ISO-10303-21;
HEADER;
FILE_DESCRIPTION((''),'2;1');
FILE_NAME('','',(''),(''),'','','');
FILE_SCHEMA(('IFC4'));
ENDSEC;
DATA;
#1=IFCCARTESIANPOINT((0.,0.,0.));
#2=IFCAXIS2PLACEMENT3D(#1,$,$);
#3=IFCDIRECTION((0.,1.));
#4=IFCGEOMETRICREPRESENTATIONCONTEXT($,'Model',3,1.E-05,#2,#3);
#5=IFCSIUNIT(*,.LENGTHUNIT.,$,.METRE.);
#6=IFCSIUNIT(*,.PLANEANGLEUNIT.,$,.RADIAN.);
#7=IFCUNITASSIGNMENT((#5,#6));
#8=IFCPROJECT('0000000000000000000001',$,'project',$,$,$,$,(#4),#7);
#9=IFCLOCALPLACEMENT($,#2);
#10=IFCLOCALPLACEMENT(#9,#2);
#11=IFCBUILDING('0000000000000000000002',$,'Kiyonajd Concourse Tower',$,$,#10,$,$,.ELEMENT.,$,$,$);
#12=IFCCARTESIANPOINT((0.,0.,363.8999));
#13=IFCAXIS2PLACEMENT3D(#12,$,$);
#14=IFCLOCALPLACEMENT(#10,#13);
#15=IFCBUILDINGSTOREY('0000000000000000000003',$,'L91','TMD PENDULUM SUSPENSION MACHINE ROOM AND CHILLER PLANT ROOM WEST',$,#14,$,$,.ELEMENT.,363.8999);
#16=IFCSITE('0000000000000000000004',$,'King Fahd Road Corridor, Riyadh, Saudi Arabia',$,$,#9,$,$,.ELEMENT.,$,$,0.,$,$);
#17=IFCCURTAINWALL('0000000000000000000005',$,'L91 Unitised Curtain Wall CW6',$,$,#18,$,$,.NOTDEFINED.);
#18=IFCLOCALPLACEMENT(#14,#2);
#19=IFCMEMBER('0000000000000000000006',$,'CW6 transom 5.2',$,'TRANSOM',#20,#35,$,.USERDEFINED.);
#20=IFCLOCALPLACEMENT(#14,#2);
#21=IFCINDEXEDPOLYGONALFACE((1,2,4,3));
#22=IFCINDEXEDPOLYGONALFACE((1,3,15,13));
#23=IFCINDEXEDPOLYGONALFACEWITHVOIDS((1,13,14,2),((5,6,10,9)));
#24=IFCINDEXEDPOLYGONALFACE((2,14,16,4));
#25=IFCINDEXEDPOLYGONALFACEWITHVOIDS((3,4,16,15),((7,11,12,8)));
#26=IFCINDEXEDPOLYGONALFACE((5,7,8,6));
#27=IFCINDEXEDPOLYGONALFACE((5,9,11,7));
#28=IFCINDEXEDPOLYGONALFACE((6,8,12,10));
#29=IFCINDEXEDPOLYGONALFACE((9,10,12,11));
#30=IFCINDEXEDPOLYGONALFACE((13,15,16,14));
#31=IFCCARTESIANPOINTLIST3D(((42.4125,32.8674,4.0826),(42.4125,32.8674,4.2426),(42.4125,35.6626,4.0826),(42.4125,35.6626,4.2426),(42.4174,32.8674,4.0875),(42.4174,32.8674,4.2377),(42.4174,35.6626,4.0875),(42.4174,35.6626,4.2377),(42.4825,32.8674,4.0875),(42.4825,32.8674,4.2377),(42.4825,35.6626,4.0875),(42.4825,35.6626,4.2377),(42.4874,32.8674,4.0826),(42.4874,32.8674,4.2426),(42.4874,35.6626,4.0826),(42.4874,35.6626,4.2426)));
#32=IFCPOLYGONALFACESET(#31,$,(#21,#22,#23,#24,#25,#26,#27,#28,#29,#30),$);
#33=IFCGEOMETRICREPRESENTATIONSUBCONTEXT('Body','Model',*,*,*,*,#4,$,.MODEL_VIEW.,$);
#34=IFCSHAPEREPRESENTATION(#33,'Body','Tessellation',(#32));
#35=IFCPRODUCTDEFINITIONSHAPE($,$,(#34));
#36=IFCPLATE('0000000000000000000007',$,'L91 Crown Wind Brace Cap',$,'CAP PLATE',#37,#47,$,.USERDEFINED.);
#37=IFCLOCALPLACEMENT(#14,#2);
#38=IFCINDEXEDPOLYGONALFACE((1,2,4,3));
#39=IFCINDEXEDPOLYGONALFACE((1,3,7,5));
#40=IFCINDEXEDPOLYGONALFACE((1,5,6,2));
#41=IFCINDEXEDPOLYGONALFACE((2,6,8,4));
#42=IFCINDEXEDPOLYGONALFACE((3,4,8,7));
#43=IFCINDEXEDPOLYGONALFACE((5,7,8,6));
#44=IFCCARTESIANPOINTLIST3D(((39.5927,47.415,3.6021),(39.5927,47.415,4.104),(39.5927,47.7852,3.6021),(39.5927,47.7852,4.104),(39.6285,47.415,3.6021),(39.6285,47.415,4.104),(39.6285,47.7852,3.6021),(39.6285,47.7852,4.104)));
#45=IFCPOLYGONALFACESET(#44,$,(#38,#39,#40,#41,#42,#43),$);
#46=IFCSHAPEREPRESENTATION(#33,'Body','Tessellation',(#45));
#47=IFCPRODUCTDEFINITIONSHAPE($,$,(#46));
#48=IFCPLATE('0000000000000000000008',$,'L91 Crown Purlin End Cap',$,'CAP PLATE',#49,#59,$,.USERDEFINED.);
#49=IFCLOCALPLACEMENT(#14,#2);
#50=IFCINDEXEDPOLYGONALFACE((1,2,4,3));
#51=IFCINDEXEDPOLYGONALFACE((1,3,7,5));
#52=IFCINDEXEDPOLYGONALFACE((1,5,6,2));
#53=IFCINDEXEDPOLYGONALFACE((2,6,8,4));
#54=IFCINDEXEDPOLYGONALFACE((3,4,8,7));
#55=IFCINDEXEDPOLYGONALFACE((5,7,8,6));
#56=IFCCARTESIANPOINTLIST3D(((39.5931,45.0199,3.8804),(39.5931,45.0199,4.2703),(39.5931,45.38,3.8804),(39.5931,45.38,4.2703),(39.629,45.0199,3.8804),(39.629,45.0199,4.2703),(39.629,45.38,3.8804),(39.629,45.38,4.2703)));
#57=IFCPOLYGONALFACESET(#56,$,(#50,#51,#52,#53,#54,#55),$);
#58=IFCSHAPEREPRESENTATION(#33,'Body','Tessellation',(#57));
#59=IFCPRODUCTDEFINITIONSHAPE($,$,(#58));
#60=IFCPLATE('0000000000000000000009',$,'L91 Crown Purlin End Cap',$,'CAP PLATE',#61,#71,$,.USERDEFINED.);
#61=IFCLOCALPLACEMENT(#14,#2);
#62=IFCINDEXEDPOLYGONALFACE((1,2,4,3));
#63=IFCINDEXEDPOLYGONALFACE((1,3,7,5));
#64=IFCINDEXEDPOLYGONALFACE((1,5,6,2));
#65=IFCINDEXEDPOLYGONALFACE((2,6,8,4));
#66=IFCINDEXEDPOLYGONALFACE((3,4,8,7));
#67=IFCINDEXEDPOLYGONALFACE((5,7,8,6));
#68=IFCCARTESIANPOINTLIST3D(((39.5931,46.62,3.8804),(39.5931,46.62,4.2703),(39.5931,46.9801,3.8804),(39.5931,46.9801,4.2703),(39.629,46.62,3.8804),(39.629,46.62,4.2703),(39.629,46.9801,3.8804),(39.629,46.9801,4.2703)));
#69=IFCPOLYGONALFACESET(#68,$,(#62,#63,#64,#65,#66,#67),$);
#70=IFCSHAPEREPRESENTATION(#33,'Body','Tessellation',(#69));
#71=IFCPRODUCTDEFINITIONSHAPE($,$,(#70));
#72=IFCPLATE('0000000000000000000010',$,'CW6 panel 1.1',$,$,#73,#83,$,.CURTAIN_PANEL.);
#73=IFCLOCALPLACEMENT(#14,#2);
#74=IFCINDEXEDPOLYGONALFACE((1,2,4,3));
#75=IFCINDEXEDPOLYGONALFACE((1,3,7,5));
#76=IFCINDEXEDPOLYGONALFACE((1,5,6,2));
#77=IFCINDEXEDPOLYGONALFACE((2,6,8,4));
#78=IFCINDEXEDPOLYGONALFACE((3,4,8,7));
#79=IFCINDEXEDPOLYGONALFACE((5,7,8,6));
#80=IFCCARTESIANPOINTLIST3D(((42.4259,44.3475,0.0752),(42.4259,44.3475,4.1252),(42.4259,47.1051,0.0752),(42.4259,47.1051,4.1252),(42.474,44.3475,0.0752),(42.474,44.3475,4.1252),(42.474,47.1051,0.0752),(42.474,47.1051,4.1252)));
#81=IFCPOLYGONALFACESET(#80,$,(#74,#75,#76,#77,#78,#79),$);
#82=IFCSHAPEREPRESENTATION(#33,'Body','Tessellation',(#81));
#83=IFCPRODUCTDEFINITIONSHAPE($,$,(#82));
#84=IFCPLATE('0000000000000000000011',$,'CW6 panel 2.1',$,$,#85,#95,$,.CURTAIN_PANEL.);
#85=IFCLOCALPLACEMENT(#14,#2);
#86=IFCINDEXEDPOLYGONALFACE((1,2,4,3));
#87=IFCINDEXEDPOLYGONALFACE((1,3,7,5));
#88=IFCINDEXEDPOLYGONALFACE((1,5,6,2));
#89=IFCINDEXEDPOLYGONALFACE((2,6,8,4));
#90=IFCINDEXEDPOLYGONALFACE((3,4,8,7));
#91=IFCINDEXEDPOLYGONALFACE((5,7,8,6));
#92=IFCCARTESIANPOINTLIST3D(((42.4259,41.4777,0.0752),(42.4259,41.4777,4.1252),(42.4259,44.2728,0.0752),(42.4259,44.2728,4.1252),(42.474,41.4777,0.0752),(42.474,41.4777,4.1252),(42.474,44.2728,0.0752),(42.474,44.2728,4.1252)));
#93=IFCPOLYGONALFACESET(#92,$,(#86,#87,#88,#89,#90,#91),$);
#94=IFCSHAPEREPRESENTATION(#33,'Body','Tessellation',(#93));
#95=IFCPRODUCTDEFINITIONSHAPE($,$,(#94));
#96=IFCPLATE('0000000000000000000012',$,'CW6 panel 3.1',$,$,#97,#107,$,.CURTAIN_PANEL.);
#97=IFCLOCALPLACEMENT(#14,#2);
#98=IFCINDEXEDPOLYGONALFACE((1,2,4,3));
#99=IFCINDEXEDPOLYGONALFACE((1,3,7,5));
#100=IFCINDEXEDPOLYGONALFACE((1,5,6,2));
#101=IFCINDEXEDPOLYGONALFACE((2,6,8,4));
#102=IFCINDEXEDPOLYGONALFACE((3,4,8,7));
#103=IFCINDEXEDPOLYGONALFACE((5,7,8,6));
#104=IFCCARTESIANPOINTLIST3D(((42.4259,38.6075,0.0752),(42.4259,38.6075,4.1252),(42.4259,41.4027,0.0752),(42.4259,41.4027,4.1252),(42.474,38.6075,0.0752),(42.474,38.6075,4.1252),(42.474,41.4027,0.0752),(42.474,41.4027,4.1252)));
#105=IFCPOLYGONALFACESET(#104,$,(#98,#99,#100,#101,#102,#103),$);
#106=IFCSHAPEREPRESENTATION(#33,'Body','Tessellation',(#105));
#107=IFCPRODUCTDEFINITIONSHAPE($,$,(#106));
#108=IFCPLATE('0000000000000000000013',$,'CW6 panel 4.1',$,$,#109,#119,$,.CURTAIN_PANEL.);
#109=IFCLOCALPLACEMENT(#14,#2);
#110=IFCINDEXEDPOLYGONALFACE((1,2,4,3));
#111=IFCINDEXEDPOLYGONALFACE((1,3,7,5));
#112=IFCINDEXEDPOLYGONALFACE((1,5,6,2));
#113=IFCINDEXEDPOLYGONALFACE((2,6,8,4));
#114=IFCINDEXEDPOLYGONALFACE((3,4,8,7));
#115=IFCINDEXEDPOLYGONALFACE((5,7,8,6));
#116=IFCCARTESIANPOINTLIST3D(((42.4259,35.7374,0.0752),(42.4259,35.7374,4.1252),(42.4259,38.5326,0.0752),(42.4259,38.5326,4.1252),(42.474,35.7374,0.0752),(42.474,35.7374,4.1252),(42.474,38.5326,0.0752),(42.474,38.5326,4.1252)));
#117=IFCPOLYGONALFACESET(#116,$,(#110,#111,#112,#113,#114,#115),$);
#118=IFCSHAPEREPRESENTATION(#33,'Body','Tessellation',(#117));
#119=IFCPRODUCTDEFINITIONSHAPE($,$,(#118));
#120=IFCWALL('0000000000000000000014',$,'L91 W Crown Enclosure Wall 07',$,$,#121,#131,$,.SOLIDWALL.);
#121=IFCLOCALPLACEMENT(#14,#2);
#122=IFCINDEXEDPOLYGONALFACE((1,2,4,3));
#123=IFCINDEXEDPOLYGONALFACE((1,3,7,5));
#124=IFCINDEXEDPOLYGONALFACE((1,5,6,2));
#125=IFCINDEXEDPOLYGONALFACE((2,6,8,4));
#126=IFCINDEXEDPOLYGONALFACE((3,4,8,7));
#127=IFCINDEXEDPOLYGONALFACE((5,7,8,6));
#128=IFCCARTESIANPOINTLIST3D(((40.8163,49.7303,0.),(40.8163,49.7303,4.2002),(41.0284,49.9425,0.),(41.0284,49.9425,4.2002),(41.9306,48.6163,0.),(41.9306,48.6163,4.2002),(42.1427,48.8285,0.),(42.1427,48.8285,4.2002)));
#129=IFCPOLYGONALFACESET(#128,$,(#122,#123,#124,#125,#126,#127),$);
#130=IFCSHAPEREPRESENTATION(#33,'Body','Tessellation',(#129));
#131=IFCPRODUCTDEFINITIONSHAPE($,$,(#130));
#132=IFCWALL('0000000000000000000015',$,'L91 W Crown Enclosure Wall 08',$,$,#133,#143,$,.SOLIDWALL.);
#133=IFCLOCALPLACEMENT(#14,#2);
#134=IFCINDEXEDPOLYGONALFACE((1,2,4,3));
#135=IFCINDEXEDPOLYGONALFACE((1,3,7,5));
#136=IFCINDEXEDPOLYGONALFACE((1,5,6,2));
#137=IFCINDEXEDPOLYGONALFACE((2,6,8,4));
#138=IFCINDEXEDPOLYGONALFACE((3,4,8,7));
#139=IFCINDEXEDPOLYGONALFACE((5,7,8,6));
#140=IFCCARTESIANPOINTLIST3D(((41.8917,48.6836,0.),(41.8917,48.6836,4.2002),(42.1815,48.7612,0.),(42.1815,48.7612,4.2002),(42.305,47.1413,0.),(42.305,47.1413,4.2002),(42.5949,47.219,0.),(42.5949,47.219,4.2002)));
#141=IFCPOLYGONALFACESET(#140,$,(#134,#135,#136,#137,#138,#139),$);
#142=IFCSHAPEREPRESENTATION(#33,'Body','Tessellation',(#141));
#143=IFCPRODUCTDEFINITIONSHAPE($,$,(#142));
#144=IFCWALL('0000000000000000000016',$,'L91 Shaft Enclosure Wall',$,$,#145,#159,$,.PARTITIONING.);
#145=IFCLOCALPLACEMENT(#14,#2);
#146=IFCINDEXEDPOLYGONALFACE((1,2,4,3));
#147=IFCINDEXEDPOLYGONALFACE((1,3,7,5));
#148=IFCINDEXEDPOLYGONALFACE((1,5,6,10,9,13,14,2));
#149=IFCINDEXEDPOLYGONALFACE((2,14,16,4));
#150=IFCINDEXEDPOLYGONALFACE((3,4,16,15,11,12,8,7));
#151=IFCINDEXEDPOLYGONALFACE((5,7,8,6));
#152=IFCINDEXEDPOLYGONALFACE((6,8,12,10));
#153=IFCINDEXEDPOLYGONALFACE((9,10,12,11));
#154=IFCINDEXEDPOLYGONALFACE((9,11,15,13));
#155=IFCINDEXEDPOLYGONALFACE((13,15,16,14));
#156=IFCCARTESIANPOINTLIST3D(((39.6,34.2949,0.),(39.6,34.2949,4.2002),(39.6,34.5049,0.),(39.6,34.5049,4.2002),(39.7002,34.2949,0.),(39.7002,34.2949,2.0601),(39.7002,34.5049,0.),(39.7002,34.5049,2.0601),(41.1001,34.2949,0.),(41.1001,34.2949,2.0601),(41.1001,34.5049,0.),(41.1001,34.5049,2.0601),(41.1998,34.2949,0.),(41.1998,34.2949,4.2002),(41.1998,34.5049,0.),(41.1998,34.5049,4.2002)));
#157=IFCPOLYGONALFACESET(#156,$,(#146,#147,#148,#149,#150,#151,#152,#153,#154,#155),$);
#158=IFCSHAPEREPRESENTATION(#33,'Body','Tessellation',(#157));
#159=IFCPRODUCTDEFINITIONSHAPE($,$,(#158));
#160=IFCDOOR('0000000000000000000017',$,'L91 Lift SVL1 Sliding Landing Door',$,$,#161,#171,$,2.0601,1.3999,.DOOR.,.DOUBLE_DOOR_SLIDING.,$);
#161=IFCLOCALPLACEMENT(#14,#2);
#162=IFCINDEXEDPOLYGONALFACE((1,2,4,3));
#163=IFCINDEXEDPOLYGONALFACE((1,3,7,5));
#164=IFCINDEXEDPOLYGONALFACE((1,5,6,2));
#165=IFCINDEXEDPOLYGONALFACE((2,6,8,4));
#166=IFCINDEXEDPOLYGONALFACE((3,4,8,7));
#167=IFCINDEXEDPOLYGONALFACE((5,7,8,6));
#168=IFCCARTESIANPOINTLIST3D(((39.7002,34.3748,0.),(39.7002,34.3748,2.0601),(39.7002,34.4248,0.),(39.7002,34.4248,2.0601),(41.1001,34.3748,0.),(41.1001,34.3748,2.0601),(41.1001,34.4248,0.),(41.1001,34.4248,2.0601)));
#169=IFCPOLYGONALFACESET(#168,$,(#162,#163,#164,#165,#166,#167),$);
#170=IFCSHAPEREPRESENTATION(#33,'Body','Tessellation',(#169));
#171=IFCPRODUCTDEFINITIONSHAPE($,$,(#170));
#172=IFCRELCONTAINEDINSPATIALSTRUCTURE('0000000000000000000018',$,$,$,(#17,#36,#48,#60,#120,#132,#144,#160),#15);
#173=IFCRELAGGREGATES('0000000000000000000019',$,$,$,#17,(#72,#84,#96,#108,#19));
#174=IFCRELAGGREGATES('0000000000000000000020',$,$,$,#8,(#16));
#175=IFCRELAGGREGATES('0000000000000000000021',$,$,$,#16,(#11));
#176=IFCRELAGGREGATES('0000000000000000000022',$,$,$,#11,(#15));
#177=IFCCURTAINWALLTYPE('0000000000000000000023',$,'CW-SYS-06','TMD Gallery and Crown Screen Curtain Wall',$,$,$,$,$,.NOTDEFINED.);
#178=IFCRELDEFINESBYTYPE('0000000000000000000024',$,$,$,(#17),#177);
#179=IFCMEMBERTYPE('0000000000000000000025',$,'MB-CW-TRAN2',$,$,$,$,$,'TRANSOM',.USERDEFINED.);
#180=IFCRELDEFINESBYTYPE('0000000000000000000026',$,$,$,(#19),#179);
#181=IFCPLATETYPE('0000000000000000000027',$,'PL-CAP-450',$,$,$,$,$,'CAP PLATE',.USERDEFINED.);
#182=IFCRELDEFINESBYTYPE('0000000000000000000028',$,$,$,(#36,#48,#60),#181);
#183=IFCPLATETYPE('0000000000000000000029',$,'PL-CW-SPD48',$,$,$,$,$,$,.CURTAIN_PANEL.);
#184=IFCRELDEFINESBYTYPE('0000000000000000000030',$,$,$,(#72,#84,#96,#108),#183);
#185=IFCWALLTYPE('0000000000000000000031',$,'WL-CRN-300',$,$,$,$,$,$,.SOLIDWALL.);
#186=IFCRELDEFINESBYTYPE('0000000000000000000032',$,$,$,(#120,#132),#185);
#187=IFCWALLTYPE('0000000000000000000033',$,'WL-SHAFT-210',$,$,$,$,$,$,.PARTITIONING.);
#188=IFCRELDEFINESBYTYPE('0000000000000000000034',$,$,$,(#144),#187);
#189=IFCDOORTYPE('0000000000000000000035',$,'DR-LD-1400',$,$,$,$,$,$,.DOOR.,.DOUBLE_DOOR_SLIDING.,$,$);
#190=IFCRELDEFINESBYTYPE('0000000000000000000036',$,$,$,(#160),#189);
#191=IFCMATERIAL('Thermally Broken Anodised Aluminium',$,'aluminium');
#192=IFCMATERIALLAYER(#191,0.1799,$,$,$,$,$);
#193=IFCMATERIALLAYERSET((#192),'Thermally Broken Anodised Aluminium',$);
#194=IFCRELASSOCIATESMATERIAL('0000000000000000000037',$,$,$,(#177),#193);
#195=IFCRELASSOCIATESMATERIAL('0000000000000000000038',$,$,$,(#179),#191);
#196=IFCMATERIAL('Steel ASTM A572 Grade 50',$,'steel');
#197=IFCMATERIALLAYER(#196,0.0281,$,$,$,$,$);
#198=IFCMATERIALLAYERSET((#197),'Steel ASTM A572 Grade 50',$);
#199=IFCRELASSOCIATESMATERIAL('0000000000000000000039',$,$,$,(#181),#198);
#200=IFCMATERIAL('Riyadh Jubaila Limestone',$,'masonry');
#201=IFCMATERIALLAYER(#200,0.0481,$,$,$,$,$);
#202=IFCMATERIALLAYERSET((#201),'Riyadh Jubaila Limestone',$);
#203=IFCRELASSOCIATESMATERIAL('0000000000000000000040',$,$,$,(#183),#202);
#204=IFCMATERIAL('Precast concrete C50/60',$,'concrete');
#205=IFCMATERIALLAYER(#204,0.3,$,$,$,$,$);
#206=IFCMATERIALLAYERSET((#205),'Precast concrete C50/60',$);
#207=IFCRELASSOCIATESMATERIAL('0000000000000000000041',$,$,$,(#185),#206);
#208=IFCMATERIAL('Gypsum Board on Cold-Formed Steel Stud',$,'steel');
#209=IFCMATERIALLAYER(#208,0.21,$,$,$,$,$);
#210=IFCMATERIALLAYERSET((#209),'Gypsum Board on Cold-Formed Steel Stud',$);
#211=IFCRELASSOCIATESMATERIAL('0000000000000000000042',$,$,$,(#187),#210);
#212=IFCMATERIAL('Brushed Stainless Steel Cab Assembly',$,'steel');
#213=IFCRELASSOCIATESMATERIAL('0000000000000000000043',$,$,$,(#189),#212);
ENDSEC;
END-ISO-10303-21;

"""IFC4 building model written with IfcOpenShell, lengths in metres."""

from ifc_helpers import new_model, si_unit, direction, frame, frame_2d, origin, origin_2d, place, context, subcontext, project, spatial, rectangle, hollow_rectangle, extrude, material, layer, layer_set, material_profile, profile_set, type_object, element, fill, aggregate, save


model = new_model("IFC4")

# Units and contexts
model_context = context("Model", 3, precision=1e-05, world=origin(), true_north=direction((0.0, 1.0)))
body_context = subcontext(model_context, "Body", "Model", "MODEL_VIEW")
ifc_project = project(units=[si_unit("LENGTHUNIT", "METRE"), si_unit("PLANEANGLEUNIT", "RADIAN")], contexts=[model_context])

# Site, building, storey
site_placement = place(None, origin())
site = spatial("IfcSite", under=ifc_project, at=site_placement, Name="King Fahd Road Corridor, Riyadh, Saudi Arabia", CompositionType="ELEMENT", RefElevation=0.0)
building_placement = place(site_placement, origin())
building = spatial("IfcBuilding", under=site, at=building_placement, Name="Kiyonajd Concourse Tower", CompositionType="ELEMENT")
storey_placement = place(building_placement, frame((0.0, 0.0, 363.8999)))
storey = spatial("IfcBuildingStorey", under=building, at=storey_placement, Name="L91", Description="TMD PENDULUM SUSPENSION MACHINE ROOM AND CHILLER PLANT ROOM WEST", CompositionType="ELEMENT", Elevation=363.8999)

# Shared definitions
ifc_material_1 = material(Name="Steel ASTM A572 Grade 50", Category="steel")

# Curtain wall
ifc_material_2 = material(Name="Thermally Broken Anodised Aluminium", Category="aluminium")
ifc_layer_1 = layer(ifc_material_2, 0.1799)
ifc_layer_set_1 = layer_set([ifc_layer_1], Name="Thermally Broken Anodised Aluminium")
curtain_wall_type = type_object("IfcCurtainWallType", Name="CW-SYS-06", Description="TMD Gallery and Crown Screen Curtain Wall", PredefinedType="NOTDEFINED", material=ifc_layer_set_1)
curtain_wall_1_placement = place(storey_placement, origin())
curtain_wall_1 = element("IfcCurtainWall", 1, at=curtain_wall_1_placement, inside=storey, type_object=curtain_wall_type, Name="L91 Unitised Curtain Wall CW6", PredefinedType="NOTDEFINED")

# Member
ifc_material_profile_1 = material_profile(ifc_material_2, hollow_rectangle(XDim=0.075, YDim=0.1599, WallThickness=0.0049, at=origin_2d()), Name="TRAN-75x160")
ifc_profile_set_1 = profile_set([ifc_material_profile_1], Name="Thermally Broken Anodised Aluminium")
member_type_1 = type_object("IfcMemberType", Name="MB-CW-TRAN2", ElementType="TRANSOM", PredefinedType="USERDEFINED", material=ifc_profile_set_1)
member_1_placement = place(storey_placement, frame((42.45, 35.6626, 4.1626), z_axis=(0.0, -1.0, 0.0), x_axis=(1.0, 0.0, 0.0)))
member_1 = element("IfcMember", 2, at=member_1_placement, type_object=member_type_1, Name="CW6 transom 5.2", ObjectType="TRANSOM", PredefinedType="USERDEFINED", context=body_context, shape_type="SweptSolid", body=[
    extrude(hollow_rectangle(XDim=0.075, YDim=0.1599, WallThickness=0.0049, at=origin_2d()), origin(), (0.0, 0.0, 1.0), 2.7952),
])

# Plates
ifc_layer_2 = layer(ifc_material_1, 0.0281)
ifc_layer_set_2 = layer_set([ifc_layer_2], Name="Steel ASTM A572 Grade 50")
plate_type_1 = type_object("IfcPlateType", Name="PL-CAP-450", ElementType="CAP PLATE", PredefinedType="USERDEFINED", material=ifc_layer_set_2)
plate_1_placement = place(storey_placement, frame((39.6106, 47.6001, 3.6021), z_axis=(0.0, 0.0, 1.0), x_axis=(1.0, 0.0, 0.0)))
element("IfcPlate", 3, at=plate_1_placement, inside=storey, type_object=plate_type_1, Name="L91 Crown Wind Brace Cap", ObjectType="CAP PLATE", PredefinedType="USERDEFINED", context=body_context, shape_type="SweptSolid", body=[
    extrude(rectangle(XDim=0.0359, YDim=0.3701, at=origin_2d()), origin(), (0.0, 0.0, 1.0), 0.502),
])
for number, where, z_axis, x_axis, name in (
    (4, (39.6111, 45.2, 3.8804), (0.0, 0.0, 1.0), (1.0, 0.0, 0.0), "L91 Crown Purlin End Cap"),
    (5, (39.6111, 46.8, 3.8804), (0.0, 0.0, 1.0), (1.0, 0.0, 0.0), "L91 Crown Purlin End Cap"),
):
    element("IfcPlate", number, at=place(storey_placement, frame(where, z_axis=z_axis, x_axis=x_axis)), inside=storey, type_object=plate_type_1, Name=name, ObjectType="CAP PLATE", PredefinedType="USERDEFINED", context=body_context, shape_type="SweptSolid", body=[
        extrude(rectangle(XDim=0.0359, YDim=0.3601, at=origin_2d()), origin(), (0.0, 0.0, 1.0), 0.3899),
    ])

# Plates
ifc_material_3 = material(Name="Riyadh Jubaila Limestone", Category="masonry")
ifc_layer_3 = layer(ifc_material_3, 0.0481)
ifc_layer_set_3 = layer_set([ifc_layer_3], Name="Riyadh Jubaila Limestone")
plate_type_2 = type_object("IfcPlateType", Name="PL-CW-SPD48", PredefinedType="CURTAIN_PANEL", material=ifc_layer_set_3)
plate_2_placement = place(storey_placement, frame((42.45, 45.7263, 0.0752), z_axis=(0.0, 0.0, 1.0), x_axis=(0.0, -1.0, 0.0)))
plate_2 = element("IfcPlate", 6, at=plate_2_placement, type_object=plate_type_2, Name="CW6 panel 1.1", PredefinedType="CURTAIN_PANEL", context=body_context, shape_type="SweptSolid", body=[
    extrude(rectangle(XDim=2.7576, YDim=0.0481, at=origin_2d()), origin(), (0.0, 0.0, 1.0), 4.05),
])
plate_3_placement = place(storey_placement, frame((42.45, 42.8752, 0.0752), z_axis=(0.0, 0.0, 1.0), x_axis=(0.0, -1.0, 0.0)))
plate_3 = element("IfcPlate", 7, at=plate_3_placement, type_object=plate_type_2, Name="CW6 panel 2.1", PredefinedType="CURTAIN_PANEL", context=body_context, shape_type="SweptSolid", body=[
    extrude(rectangle(XDim=2.7952, YDim=0.0481, at=origin_2d()), origin(), (0.0, 0.0, 1.0), 4.05),
])
plate_4_placement = place(storey_placement, frame((42.45, 40.0051, 0.0752), z_axis=(0.0, 0.0, 1.0), x_axis=(0.0, -1.0, 0.0)))
plate_4 = element("IfcPlate", 8, at=plate_4_placement, type_object=plate_type_2, Name="CW6 panel 3.1", PredefinedType="CURTAIN_PANEL", context=body_context, shape_type="SweptSolid", body=[
    extrude(rectangle(XDim=2.7952, YDim=0.0481, at=origin_2d()), origin(), (0.0, 0.0, 1.0), 4.05),
])
plate_5_placement = place(storey_placement, frame((42.45, 37.135, 0.0752), z_axis=(0.0, 0.0, 1.0), x_axis=(0.0, -1.0, 0.0)))
plate_5 = element("IfcPlate", 9, at=plate_5_placement, type_object=plate_type_2, Name="CW6 panel 4.1", PredefinedType="CURTAIN_PANEL", context=body_context, shape_type="SweptSolid", body=[
    extrude(rectangle(XDim=2.7952, YDim=0.0481, at=origin_2d()), origin(), (0.0, 0.0, 1.0), 4.05),
])
aggregate(curtain_wall_1, [plate_2, plate_3, plate_4, plate_5, member_1])

# Walls
ifc_material_4 = material(Name="Precast concrete C50/60", Category="concrete")
ifc_layer_4 = layer(ifc_material_4, 0.3)
ifc_layer_set_4 = layer_set([ifc_layer_4], Name="Precast concrete C50/60")
wall_type_1 = type_object("IfcWallType", Name="WL-CRN-300", PredefinedType="SOLIDWALL", material=ifc_layer_set_4)
wall_1_placement = place(storey_placement, frame((40.9224, 49.8364, 0.0), z_axis=(0.0, 0.0, 1.0), x_axis=(0.707184, -0.707029, 0.0)))
element("IfcWall", 10, at=wall_1_placement, inside=storey, type_object=wall_type_1, Name="L91 W Crown Enclosure Wall 07", PredefinedType="SOLIDWALL", context=body_context, shape_type="SweptSolid", body=[
    extrude(rectangle(XDim=1.5757, YDim=0.3, at=frame_2d((0.7878, 0.0))), origin(), (0.0, 0.0, 1.0), 4.2002),
])
wall_2_placement = place(storey_placement, frame((42.0366, 48.7224, 0.0), z_axis=(0.0, 0.0, 1.0), x_axis=(0.258871, -0.965912, 0.0)))
element("IfcWall", 11, at=wall_2_placement, inside=storey, type_object=wall_type_1, Name="L91 W Crown Enclosure Wall 08", PredefinedType="SOLIDWALL", context=body_context, shape_type="SweptSolid", body=[
    extrude(rectangle(XDim=1.5967, YDim=0.3, at=frame_2d((0.7983, 0.0))), origin(), (0.0, 0.0, 1.0), 4.2002),
])

# Wall, opening, door
ifc_material_5 = material(Name="Gypsum Board on Cold-Formed Steel Stud", Category="steel")
ifc_layer_5 = layer(ifc_material_5, 0.21)
ifc_layer_set_5 = layer_set([ifc_layer_5], Name="Gypsum Board on Cold-Formed Steel Stud")
wall_type_2 = type_object("IfcWallType", Name="WL-SHAFT-210", PredefinedType="PARTITIONING", material=ifc_layer_set_5)
wall_3_placement = place(storey_placement, frame((39.6001, 34.3999, 0.0), z_axis=(0.0, 0.0, 1.0), x_axis=(1.0, 0.0, 0.0)))
wall_3 = element("IfcWall", 12, at=wall_3_placement, inside=storey, type_object=wall_type_2, Name="L91 Shaft Enclosure Wall", PredefinedType="PARTITIONING", context=body_context, shape_type="SweptSolid", body=[
    extrude(rectangle(XDim=1.5999, YDim=0.21, at=frame_2d((0.7998, 0.0))), origin(), (0.0, 0.0, 1.0), 4.2002),
])
opening_placement = place(wall_3_placement, frame((0.1001, 0.0, 0.0)))
opening = element("IfcOpeningElement", 13, at=opening_placement, cuts=wall_3, PredefinedType="OPENING", context=body_context, shape_type="SweptSolid", body=[
    extrude(rectangle(XDim=1.3999, YDim=2.0601, at=frame_2d((0.7, 1.03))), frame((0.0, 0.115, 0.0), z_axis=(0.0, -1.0, 0.0), x_axis=(1.0, 0.0, 0.0)), (0.0, 0.0, 1.0), 0.23),
])
ifc_material_6 = material(Name="Brushed Stainless Steel Cab Assembly", Category="steel")
door_type = type_object("IfcDoorType", Name="DR-LD-1400", OperationType="DOUBLE_DOOR_SLIDING", PredefinedType="DOOR", material=ifc_material_6)
door_placement = place(opening_placement, origin())
door = element("IfcDoor", 14, at=door_placement, inside=storey, type_object=door_type, Name="L91 Lift SVL1 Sliding Landing Door", OperationType="DOUBLE_DOOR_SLIDING", OverallHeight=2.0601, OverallWidth=1.3999, PredefinedType="DOOR", context=body_context, shape_type="SweptSolid", body=[
    extrude(rectangle(XDim=1.3999, YDim=2.0601, at=frame_2d((0.7, 1.03))), frame((0.0, 0.0249, 0.0), z_axis=(0.0, -1.0, 0.0), x_axis=(1.0, 0.0, 0.0)), (0.0, 0.0, 1.0), 0.05),
])
fill(opening, door)

save(model, "model.ifc")
